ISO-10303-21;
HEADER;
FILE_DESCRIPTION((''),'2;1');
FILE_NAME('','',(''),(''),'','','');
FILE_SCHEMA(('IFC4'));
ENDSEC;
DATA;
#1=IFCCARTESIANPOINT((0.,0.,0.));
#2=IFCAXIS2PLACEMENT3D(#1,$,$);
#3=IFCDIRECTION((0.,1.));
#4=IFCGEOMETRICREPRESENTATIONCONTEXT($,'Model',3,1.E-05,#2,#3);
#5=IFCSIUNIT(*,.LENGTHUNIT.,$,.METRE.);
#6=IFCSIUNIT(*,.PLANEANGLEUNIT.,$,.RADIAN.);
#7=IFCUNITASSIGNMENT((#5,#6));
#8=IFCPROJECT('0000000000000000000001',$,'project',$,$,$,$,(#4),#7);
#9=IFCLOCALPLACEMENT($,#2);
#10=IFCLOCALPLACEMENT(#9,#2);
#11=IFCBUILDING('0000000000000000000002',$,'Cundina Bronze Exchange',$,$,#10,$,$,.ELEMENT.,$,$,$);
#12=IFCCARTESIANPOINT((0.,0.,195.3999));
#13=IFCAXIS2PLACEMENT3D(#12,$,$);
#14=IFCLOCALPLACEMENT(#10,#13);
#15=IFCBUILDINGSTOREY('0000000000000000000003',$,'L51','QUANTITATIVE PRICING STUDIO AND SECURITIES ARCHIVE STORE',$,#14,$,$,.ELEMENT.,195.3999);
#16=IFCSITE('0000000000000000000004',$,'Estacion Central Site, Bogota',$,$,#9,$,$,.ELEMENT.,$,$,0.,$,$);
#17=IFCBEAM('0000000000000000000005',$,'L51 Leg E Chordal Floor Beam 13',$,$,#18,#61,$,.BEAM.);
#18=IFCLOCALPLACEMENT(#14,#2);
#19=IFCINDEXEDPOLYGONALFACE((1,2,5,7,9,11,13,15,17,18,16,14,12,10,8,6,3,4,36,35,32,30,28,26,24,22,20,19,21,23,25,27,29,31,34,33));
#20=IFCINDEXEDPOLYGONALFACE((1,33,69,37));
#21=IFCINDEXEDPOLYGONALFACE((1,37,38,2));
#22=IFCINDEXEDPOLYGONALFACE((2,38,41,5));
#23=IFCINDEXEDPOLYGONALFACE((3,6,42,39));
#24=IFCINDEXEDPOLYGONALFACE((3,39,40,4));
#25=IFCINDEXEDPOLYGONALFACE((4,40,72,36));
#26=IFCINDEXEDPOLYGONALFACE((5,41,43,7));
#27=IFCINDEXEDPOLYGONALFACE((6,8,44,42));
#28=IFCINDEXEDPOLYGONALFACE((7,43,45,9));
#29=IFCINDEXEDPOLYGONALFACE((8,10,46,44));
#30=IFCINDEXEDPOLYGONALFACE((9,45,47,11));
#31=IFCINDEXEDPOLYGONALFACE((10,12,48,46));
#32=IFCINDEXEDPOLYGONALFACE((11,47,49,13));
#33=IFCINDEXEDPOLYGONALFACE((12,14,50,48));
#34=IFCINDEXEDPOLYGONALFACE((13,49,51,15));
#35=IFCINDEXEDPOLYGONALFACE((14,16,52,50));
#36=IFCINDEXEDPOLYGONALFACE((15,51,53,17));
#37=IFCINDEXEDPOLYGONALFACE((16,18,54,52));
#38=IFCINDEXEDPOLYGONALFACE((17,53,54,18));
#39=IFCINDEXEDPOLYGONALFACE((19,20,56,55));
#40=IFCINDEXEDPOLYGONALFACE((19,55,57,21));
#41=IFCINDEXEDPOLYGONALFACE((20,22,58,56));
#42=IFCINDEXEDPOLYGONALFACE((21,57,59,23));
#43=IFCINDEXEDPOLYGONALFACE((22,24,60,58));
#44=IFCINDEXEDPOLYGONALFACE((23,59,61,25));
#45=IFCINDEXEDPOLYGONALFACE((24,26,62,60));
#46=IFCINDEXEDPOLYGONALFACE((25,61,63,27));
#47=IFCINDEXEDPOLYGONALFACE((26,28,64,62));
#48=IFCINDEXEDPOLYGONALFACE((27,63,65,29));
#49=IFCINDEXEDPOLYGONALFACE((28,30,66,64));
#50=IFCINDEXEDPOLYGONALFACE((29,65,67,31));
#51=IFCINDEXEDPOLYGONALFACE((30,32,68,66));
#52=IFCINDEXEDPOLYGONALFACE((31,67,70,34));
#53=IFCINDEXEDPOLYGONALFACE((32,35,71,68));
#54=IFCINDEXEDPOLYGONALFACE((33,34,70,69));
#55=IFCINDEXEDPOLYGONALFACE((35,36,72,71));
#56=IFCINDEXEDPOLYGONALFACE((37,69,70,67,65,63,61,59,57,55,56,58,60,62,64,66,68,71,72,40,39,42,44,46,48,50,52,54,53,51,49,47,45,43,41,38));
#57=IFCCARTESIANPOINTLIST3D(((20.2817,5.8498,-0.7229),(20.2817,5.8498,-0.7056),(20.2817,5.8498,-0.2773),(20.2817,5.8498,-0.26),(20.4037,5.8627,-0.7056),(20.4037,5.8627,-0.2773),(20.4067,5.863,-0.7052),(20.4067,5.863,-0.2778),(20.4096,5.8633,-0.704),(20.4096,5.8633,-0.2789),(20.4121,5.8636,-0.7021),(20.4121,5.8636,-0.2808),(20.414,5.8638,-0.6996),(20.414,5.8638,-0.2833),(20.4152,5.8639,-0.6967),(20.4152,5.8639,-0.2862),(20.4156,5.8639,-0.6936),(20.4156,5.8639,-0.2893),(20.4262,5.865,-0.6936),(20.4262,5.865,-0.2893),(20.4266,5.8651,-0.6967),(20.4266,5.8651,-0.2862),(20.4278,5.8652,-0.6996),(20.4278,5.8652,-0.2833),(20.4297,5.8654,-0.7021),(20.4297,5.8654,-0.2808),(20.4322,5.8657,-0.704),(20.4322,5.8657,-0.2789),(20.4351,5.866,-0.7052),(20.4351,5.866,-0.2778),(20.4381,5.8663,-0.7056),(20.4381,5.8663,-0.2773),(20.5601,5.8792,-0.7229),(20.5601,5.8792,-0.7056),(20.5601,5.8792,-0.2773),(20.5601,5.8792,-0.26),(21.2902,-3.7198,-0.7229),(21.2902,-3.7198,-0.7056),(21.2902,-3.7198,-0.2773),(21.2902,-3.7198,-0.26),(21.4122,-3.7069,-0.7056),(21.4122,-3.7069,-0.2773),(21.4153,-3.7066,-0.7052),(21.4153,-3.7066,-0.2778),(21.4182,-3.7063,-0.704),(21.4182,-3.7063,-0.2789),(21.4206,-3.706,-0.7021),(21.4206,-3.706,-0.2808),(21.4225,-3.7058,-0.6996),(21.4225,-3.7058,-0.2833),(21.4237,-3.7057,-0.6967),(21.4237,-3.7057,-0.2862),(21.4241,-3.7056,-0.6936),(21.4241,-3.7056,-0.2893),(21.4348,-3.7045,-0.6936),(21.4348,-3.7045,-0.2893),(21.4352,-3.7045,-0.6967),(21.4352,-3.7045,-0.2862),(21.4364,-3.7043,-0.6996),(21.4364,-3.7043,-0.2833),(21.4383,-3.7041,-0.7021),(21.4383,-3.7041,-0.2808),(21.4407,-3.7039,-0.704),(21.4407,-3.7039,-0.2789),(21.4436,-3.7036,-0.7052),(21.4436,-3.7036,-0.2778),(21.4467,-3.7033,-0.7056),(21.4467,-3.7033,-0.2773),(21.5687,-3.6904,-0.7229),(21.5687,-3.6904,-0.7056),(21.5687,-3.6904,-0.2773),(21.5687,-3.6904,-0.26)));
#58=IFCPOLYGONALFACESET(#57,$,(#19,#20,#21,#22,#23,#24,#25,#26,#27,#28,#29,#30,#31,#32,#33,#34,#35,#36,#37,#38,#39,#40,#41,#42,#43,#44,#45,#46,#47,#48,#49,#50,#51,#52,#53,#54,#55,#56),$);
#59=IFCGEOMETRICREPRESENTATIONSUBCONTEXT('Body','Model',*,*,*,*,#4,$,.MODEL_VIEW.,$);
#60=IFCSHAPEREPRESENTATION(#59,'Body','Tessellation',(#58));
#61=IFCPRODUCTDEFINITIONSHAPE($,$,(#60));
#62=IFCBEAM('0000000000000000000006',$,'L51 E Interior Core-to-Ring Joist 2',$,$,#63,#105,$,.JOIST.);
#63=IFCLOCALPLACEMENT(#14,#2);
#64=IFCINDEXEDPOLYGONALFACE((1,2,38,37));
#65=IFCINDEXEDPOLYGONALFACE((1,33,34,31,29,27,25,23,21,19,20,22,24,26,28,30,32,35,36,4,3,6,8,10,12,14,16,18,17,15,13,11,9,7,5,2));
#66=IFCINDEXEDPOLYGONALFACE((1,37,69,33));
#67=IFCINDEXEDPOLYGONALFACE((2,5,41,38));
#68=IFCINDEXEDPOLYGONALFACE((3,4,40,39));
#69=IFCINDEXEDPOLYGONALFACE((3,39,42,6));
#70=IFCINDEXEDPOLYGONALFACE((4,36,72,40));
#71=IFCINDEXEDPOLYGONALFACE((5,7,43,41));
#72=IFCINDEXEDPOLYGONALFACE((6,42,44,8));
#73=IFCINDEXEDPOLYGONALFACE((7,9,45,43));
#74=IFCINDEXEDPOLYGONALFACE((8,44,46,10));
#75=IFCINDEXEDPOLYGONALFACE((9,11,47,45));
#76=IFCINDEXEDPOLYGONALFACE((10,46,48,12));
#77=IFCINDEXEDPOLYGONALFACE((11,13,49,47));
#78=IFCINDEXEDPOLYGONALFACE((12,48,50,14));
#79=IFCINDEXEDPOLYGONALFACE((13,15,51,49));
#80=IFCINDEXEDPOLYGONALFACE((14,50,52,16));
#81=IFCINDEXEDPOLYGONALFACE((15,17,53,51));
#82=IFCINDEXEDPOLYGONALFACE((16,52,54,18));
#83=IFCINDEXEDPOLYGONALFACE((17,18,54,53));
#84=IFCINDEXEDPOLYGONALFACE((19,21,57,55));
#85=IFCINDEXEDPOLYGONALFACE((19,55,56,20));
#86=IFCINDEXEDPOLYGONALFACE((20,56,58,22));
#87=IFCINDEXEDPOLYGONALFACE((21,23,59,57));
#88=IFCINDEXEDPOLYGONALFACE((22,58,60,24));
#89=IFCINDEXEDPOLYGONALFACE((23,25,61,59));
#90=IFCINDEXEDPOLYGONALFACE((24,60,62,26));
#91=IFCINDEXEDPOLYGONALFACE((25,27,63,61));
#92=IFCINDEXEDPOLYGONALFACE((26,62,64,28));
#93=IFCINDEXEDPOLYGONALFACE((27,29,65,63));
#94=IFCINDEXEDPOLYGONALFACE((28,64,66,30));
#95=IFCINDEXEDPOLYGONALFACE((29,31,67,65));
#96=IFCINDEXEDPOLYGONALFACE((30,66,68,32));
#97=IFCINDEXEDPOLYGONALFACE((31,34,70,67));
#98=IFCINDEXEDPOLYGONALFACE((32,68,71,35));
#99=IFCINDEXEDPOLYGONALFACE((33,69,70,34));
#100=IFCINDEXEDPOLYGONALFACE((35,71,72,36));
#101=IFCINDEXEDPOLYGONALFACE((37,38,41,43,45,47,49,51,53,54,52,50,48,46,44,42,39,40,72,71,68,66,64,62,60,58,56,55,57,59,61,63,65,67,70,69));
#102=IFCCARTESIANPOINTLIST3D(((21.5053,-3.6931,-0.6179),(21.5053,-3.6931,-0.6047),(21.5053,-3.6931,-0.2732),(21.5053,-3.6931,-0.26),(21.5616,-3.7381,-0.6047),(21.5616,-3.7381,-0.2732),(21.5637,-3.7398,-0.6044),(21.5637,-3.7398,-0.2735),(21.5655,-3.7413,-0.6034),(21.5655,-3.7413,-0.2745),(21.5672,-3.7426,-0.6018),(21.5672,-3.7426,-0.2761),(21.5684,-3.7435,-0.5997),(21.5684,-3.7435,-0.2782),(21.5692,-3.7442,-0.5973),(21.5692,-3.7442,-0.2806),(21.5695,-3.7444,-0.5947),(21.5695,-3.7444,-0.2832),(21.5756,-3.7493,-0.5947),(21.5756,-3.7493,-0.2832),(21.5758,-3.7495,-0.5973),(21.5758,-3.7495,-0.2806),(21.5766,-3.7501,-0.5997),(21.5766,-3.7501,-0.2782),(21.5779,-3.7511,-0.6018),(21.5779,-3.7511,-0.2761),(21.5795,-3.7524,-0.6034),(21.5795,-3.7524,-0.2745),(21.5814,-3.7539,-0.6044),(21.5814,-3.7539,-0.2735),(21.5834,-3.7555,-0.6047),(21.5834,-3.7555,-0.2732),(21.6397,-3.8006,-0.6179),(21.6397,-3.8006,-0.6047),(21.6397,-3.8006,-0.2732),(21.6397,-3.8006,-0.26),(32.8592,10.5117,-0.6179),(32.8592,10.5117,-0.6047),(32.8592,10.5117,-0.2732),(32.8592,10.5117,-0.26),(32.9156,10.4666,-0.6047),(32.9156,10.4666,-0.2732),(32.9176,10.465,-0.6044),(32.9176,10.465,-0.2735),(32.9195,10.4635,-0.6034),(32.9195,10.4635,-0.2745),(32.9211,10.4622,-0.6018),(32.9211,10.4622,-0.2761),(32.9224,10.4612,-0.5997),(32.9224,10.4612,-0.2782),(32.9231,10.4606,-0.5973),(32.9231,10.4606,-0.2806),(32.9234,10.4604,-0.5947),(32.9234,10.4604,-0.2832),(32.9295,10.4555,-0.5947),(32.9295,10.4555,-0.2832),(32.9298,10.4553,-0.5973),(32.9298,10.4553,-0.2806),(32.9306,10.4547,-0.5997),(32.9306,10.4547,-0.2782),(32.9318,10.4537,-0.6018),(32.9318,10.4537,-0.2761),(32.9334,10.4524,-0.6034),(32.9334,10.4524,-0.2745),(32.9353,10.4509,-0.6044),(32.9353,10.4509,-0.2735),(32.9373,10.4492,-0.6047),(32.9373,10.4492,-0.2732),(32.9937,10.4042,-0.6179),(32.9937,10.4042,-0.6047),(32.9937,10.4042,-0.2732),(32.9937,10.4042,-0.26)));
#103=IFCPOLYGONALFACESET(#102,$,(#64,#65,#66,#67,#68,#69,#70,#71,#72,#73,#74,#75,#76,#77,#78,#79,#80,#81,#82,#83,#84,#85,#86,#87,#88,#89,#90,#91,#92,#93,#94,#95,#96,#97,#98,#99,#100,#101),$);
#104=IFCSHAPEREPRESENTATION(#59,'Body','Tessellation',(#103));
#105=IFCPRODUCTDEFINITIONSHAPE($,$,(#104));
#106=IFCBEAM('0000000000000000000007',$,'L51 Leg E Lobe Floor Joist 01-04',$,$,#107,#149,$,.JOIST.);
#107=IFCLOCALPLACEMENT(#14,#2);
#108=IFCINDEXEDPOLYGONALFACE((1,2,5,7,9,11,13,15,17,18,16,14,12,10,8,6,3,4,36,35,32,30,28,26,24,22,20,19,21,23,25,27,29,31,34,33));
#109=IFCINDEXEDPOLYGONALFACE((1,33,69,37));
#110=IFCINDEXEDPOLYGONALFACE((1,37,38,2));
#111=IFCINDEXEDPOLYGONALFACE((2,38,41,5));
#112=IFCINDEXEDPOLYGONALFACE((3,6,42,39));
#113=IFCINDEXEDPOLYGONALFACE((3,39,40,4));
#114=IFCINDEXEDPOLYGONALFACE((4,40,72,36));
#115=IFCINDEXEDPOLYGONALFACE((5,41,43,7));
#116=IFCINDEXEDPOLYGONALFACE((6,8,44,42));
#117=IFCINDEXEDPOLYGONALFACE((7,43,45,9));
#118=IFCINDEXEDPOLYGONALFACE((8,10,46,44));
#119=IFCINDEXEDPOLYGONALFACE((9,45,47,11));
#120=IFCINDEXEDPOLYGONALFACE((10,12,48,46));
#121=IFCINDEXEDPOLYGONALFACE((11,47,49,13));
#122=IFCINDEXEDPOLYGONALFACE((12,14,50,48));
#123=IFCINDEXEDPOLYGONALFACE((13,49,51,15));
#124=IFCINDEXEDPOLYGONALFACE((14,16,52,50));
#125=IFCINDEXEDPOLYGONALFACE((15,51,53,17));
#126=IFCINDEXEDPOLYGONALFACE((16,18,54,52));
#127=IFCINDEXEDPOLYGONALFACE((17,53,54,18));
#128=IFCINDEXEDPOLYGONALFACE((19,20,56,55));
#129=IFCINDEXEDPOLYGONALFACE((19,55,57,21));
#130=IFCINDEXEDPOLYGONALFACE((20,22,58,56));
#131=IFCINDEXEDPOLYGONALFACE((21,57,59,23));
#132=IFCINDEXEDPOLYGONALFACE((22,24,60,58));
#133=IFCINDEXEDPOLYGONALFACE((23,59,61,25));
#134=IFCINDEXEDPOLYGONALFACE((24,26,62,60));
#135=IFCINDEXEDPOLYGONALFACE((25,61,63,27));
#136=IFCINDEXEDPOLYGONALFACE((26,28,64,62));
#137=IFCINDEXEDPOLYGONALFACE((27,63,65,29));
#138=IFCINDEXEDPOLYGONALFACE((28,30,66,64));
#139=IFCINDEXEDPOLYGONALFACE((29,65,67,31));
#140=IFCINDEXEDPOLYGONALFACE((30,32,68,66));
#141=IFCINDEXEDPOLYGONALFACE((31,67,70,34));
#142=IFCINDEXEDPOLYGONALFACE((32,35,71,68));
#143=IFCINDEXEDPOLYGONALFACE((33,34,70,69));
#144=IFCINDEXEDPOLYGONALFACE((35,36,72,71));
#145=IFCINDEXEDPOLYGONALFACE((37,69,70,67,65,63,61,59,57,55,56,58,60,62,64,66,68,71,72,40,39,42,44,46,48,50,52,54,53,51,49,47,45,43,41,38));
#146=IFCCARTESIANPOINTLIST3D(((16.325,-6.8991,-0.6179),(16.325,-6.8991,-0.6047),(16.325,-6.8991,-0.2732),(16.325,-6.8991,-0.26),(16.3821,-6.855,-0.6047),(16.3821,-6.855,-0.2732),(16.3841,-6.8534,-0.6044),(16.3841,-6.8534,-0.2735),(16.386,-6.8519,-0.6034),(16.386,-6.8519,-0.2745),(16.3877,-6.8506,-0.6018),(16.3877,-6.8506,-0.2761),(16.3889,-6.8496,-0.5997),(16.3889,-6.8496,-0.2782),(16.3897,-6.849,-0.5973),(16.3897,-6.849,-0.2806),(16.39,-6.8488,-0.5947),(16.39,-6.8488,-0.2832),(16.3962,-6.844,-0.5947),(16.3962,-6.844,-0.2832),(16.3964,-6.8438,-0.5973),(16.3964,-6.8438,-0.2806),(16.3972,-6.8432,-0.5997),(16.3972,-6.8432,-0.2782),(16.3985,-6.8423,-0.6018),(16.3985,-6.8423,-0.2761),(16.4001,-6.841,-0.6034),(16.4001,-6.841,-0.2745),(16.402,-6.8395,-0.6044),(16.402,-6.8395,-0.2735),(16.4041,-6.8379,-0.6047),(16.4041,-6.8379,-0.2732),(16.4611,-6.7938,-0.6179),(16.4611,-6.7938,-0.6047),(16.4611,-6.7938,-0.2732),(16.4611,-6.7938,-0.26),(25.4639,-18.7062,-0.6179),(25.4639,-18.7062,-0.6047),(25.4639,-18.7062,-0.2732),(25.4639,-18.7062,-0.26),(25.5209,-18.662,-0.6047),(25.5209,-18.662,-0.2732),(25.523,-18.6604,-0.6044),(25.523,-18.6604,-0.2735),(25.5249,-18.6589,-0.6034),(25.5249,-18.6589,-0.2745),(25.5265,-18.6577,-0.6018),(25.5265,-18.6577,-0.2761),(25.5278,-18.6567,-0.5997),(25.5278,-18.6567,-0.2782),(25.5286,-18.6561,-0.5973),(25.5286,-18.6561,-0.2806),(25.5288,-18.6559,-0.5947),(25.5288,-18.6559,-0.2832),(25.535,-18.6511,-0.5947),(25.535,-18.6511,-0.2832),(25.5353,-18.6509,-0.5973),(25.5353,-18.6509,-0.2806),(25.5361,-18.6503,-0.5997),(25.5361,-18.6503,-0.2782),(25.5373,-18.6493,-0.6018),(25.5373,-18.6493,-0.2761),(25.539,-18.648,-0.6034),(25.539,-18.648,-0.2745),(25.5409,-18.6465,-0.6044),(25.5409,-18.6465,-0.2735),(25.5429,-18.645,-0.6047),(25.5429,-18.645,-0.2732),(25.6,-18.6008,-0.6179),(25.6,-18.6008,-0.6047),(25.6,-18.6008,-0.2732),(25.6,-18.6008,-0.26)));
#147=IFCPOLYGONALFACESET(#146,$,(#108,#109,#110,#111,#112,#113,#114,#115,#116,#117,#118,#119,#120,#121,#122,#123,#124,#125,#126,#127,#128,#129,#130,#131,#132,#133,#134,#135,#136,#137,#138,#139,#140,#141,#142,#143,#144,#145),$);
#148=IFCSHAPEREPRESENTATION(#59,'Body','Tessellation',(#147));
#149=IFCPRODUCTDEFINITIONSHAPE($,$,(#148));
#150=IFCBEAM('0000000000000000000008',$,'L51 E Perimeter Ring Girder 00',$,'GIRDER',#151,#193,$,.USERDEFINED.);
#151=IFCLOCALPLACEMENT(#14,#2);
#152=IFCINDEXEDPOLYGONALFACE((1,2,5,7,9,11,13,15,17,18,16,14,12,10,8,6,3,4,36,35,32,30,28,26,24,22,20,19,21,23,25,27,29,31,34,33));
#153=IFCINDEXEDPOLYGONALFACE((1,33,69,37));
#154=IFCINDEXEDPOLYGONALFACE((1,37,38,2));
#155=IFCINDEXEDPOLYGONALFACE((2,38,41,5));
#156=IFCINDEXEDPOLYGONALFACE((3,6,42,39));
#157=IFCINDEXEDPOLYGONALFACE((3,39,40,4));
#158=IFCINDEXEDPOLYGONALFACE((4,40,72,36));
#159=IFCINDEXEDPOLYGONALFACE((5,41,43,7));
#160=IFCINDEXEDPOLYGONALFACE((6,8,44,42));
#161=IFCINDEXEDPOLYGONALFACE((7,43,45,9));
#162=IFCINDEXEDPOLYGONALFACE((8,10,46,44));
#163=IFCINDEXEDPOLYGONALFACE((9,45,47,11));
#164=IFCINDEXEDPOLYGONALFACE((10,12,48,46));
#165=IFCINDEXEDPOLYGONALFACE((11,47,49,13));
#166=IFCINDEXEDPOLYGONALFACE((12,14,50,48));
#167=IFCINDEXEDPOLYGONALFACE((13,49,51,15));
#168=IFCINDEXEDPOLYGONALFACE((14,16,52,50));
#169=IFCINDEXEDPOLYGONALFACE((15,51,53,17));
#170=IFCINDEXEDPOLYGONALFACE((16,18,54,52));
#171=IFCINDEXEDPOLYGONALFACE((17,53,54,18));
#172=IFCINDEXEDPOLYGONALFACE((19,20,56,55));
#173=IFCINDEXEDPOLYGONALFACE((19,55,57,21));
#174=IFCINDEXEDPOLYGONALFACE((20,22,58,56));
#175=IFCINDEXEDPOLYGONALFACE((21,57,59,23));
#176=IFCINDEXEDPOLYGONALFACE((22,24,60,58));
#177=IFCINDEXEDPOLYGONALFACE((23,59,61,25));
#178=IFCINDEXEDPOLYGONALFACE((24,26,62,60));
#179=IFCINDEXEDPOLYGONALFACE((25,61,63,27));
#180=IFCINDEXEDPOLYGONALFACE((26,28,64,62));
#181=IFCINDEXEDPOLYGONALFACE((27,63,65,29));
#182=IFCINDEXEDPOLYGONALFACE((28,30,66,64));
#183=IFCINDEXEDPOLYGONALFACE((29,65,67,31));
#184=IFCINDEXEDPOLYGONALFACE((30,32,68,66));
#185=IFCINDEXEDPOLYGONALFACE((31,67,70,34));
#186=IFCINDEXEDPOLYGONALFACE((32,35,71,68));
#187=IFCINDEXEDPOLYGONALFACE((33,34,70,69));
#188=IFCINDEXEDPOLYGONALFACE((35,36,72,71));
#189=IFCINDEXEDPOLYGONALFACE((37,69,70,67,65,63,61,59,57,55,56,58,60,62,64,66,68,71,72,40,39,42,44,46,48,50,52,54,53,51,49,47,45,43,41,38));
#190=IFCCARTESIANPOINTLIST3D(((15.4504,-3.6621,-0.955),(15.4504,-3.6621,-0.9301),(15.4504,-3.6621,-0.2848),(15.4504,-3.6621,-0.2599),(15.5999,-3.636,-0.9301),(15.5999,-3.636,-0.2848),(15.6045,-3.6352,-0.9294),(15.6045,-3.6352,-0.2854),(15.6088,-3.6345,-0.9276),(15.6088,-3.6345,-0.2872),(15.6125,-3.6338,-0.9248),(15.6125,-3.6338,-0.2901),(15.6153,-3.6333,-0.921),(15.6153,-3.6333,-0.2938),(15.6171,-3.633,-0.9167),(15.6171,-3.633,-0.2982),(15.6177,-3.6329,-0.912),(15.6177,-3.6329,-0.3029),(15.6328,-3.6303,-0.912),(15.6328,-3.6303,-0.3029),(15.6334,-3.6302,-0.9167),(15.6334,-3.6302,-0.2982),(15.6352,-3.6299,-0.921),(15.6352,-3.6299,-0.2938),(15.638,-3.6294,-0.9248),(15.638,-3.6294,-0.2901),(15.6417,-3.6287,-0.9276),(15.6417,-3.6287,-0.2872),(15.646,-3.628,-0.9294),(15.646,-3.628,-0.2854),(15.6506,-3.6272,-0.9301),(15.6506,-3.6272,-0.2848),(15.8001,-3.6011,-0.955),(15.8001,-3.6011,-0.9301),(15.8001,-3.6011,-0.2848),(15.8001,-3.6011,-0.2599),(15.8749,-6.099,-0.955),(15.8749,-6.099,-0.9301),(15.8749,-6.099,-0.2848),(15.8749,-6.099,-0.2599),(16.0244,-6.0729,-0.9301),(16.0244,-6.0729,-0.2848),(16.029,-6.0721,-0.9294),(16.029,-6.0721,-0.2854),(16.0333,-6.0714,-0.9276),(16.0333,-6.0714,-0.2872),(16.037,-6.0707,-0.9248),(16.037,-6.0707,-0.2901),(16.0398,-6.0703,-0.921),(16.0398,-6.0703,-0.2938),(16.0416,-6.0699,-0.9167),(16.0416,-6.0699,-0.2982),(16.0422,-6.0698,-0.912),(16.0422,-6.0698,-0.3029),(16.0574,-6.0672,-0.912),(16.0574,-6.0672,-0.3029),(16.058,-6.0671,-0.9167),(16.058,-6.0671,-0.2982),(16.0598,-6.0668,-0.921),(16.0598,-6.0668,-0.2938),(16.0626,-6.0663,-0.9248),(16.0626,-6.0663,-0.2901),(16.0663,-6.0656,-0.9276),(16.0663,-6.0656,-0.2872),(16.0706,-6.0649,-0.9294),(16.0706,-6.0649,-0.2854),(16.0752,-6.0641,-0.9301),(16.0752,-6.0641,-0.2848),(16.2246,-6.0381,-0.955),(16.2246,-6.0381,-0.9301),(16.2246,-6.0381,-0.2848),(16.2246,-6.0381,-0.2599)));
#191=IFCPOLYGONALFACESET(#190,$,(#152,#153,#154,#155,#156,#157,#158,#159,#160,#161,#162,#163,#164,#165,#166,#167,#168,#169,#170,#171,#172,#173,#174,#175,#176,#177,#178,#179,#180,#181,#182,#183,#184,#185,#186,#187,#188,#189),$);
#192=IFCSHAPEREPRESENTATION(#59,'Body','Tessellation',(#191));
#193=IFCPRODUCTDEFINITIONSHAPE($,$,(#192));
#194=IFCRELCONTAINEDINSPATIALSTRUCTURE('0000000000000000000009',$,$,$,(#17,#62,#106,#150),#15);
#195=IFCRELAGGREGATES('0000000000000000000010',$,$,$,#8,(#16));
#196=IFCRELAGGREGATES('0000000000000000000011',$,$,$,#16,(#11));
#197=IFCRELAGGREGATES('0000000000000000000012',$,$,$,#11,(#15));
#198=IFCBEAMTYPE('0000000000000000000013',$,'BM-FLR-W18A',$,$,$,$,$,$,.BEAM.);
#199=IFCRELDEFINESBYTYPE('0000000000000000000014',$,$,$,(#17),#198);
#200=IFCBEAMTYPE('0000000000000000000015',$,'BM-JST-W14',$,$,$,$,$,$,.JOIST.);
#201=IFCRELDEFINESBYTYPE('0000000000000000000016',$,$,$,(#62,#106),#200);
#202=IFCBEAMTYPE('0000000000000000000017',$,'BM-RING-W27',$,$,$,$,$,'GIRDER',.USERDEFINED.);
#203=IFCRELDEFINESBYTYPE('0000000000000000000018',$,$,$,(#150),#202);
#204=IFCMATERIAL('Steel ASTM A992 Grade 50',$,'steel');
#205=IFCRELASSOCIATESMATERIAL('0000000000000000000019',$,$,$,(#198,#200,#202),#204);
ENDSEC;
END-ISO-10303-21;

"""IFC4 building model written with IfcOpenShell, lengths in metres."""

from ifc_helpers import new_model, si_unit, direction, frame, origin, origin_2d, place, context, subcontext, project, spatial, i_section, extrude, material, material_profile, profile_set, type_object, element, save


model = new_model("IFC4")

# Units and contexts
model_context = context("Model", 3, precision=1e-05, world=origin(), true_north=direction((0.0, 1.0)))
body_context = subcontext(model_context, "Body", "Model", "MODEL_VIEW")
ifc_project = project(units=[si_unit("LENGTHUNIT", "METRE"), si_unit("PLANEANGLEUNIT", "RADIAN")], contexts=[model_context])

# Site, building, storey
site_placement = place(None, origin())
site = spatial("IfcSite", under=ifc_project, at=site_placement, Name="Estacion Central Site, Bogota", CompositionType="ELEMENT", RefElevation=0.0)
building_placement = place(site_placement, origin())
building = spatial("IfcBuilding", under=site, at=building_placement, Name="Cundina Bronze Exchange", CompositionType="ELEMENT")
storey_placement = place(building_placement, frame((0.0, 0.0, 195.3999)))
storey = spatial("IfcBuildingStorey", under=building, at=storey_placement, Name="L51", Description="QUANTITATIVE PRICING STUDIO AND SECURITIES ARCHIVE STORE", CompositionType="ELEMENT", Elevation=195.3999)

# Shared definitions
ifc_material_1 = material(Name="Steel ASTM A992 Grade 50", Category="steel")

# Beams
ifc_material_profile_1 = material_profile(ifc_material_1, i_section(OverallWidth=0.28, OverallDepth=0.4629, WebThickness=0.0107, FlangeThickness=0.0173, FilletRadius=0.012, at=origin_2d()), Name="W18X76", Category="steel")
ifc_profile_set_1 = profile_set([ifc_material_profile_1], Name="Steel ASTM A992 Grade 50")
beam_type_1 = type_object("IfcBeamType", Name="BM-FLR-W18A", PredefinedType="BEAM", material=ifc_profile_set_1)
beam_1_placement = place(storey_placement, frame((21.4294, -3.7051, -0.4915), z_axis=(-0.10481, 0.994492, 0.0), x_axis=(-0.994492, -0.10481, 0.0)))
element("IfcBeam", 1, at=beam_1_placement, inside=storey, type_object=beam_type_1, Name="L51 Leg E Chordal Floor Beam 13", PredefinedType="BEAM", context=body_context, shape_type="SweptSolid", body=[
    extrude(i_section(OverallWidth=0.28, OverallDepth=0.4629, WebThickness=0.0107, FlangeThickness=0.0173, FilletRadius=0.012, at=origin_2d()), origin(), (0.0, 0.0, 1.0), 9.6226),
])
ifc_material_profile_2 = material_profile(ifc_material_1, i_section(OverallWidth=0.1721, OverallDepth=0.3579, WebThickness=0.0078, FlangeThickness=0.0132, FilletRadius=0.01, at=origin_2d()), Name="W14X38", Category="steel")
ifc_profile_set_2 = profile_set([ifc_material_profile_2], Name="Steel ASTM A992 Grade 50")
beam_type_2 = type_object("IfcBeamType", Name="BM-JST-W14", PredefinedType="JOIST", material=ifc_profile_set_2)
beam_2_placement = place(storey_placement, frame((21.5725, -3.7468, -0.439), z_axis=(0.624364, 0.781133, 0.0), x_axis=(-0.781133, 0.624364, 0.0)))
element("IfcBeam", 2, at=beam_2_placement, inside=storey, type_object=beam_type_2, Name="L51 E Interior Core-to-Ring Joist 2", PredefinedType="JOIST", context=body_context, shape_type="SweptSolid", body=[
    extrude(i_section(OverallWidth=0.1721, OverallDepth=0.3579, WebThickness=0.0078, FlangeThickness=0.0132, FilletRadius=0.01, at=origin_2d()), origin(), (0.0, 0.0, 1.0), 18.1848),
])
beam_3_placement = place(storey_placement, frame((16.3931, -6.8464, -0.439), z_axis=(0.612086, -0.790791, 0.0), x_axis=(0.790791, 0.612086, 0.0)))
element("IfcBeam", 3, at=beam_3_placement, inside=storey, type_object=beam_type_2, Name="L51 Leg E Lobe Floor Joist 01-04", PredefinedType="JOIST", context=body_context, shape_type="SweptSolid", body=[
    extrude(i_section(OverallWidth=0.1721, OverallDepth=0.3579, WebThickness=0.0078, FlangeThickness=0.0132, FilletRadius=0.01, at=origin_2d()), origin(), (0.0, 0.0, 1.0), 14.9307),
])
ifc_material_profile_3 = material_profile(ifc_material_1, i_section(OverallWidth=0.355, OverallDepth=0.6951, WebThickness=0.0154, FlangeThickness=0.0249, FilletRadius=0.0181, at=origin_2d()), Name="W27X146", Category="steel")
ifc_profile_set_3 = profile_set([ifc_material_profile_3], Name="Steel ASTM A992 Grade 50")
beam_type_3 = type_object("IfcBeamType", Name="BM-RING-W27", ElementType="GIRDER", PredefinedType="USERDEFINED", material=ifc_profile_set_3)
for number, where, z_axis, x_axis, name in (
    (4, (15.6252, -3.6316, -0.6074), (0.171629, -0.985162, 0.0), (0.985162, 0.171629, 0.0), "L51 E Perimeter Ring Girder 00"),
):
    element("IfcBeam", number, at=place(storey_placement, frame(where, z_axis=z_axis, x_axis=x_axis)), inside=storey, type_object=beam_type_3, Name=name, ObjectType="GIRDER", PredefinedType="USERDEFINED", context=body_context, shape_type="SweptSolid", body=[
        extrude(i_section(OverallWidth=0.355, OverallDepth=0.6951, WebThickness=0.0154, FlangeThickness=0.0249, FilletRadius=0.0181, at=origin_2d()), origin(), (0.0, 0.0, 1.0), 2.4736),
    ])

save(model, "model.ifc")
